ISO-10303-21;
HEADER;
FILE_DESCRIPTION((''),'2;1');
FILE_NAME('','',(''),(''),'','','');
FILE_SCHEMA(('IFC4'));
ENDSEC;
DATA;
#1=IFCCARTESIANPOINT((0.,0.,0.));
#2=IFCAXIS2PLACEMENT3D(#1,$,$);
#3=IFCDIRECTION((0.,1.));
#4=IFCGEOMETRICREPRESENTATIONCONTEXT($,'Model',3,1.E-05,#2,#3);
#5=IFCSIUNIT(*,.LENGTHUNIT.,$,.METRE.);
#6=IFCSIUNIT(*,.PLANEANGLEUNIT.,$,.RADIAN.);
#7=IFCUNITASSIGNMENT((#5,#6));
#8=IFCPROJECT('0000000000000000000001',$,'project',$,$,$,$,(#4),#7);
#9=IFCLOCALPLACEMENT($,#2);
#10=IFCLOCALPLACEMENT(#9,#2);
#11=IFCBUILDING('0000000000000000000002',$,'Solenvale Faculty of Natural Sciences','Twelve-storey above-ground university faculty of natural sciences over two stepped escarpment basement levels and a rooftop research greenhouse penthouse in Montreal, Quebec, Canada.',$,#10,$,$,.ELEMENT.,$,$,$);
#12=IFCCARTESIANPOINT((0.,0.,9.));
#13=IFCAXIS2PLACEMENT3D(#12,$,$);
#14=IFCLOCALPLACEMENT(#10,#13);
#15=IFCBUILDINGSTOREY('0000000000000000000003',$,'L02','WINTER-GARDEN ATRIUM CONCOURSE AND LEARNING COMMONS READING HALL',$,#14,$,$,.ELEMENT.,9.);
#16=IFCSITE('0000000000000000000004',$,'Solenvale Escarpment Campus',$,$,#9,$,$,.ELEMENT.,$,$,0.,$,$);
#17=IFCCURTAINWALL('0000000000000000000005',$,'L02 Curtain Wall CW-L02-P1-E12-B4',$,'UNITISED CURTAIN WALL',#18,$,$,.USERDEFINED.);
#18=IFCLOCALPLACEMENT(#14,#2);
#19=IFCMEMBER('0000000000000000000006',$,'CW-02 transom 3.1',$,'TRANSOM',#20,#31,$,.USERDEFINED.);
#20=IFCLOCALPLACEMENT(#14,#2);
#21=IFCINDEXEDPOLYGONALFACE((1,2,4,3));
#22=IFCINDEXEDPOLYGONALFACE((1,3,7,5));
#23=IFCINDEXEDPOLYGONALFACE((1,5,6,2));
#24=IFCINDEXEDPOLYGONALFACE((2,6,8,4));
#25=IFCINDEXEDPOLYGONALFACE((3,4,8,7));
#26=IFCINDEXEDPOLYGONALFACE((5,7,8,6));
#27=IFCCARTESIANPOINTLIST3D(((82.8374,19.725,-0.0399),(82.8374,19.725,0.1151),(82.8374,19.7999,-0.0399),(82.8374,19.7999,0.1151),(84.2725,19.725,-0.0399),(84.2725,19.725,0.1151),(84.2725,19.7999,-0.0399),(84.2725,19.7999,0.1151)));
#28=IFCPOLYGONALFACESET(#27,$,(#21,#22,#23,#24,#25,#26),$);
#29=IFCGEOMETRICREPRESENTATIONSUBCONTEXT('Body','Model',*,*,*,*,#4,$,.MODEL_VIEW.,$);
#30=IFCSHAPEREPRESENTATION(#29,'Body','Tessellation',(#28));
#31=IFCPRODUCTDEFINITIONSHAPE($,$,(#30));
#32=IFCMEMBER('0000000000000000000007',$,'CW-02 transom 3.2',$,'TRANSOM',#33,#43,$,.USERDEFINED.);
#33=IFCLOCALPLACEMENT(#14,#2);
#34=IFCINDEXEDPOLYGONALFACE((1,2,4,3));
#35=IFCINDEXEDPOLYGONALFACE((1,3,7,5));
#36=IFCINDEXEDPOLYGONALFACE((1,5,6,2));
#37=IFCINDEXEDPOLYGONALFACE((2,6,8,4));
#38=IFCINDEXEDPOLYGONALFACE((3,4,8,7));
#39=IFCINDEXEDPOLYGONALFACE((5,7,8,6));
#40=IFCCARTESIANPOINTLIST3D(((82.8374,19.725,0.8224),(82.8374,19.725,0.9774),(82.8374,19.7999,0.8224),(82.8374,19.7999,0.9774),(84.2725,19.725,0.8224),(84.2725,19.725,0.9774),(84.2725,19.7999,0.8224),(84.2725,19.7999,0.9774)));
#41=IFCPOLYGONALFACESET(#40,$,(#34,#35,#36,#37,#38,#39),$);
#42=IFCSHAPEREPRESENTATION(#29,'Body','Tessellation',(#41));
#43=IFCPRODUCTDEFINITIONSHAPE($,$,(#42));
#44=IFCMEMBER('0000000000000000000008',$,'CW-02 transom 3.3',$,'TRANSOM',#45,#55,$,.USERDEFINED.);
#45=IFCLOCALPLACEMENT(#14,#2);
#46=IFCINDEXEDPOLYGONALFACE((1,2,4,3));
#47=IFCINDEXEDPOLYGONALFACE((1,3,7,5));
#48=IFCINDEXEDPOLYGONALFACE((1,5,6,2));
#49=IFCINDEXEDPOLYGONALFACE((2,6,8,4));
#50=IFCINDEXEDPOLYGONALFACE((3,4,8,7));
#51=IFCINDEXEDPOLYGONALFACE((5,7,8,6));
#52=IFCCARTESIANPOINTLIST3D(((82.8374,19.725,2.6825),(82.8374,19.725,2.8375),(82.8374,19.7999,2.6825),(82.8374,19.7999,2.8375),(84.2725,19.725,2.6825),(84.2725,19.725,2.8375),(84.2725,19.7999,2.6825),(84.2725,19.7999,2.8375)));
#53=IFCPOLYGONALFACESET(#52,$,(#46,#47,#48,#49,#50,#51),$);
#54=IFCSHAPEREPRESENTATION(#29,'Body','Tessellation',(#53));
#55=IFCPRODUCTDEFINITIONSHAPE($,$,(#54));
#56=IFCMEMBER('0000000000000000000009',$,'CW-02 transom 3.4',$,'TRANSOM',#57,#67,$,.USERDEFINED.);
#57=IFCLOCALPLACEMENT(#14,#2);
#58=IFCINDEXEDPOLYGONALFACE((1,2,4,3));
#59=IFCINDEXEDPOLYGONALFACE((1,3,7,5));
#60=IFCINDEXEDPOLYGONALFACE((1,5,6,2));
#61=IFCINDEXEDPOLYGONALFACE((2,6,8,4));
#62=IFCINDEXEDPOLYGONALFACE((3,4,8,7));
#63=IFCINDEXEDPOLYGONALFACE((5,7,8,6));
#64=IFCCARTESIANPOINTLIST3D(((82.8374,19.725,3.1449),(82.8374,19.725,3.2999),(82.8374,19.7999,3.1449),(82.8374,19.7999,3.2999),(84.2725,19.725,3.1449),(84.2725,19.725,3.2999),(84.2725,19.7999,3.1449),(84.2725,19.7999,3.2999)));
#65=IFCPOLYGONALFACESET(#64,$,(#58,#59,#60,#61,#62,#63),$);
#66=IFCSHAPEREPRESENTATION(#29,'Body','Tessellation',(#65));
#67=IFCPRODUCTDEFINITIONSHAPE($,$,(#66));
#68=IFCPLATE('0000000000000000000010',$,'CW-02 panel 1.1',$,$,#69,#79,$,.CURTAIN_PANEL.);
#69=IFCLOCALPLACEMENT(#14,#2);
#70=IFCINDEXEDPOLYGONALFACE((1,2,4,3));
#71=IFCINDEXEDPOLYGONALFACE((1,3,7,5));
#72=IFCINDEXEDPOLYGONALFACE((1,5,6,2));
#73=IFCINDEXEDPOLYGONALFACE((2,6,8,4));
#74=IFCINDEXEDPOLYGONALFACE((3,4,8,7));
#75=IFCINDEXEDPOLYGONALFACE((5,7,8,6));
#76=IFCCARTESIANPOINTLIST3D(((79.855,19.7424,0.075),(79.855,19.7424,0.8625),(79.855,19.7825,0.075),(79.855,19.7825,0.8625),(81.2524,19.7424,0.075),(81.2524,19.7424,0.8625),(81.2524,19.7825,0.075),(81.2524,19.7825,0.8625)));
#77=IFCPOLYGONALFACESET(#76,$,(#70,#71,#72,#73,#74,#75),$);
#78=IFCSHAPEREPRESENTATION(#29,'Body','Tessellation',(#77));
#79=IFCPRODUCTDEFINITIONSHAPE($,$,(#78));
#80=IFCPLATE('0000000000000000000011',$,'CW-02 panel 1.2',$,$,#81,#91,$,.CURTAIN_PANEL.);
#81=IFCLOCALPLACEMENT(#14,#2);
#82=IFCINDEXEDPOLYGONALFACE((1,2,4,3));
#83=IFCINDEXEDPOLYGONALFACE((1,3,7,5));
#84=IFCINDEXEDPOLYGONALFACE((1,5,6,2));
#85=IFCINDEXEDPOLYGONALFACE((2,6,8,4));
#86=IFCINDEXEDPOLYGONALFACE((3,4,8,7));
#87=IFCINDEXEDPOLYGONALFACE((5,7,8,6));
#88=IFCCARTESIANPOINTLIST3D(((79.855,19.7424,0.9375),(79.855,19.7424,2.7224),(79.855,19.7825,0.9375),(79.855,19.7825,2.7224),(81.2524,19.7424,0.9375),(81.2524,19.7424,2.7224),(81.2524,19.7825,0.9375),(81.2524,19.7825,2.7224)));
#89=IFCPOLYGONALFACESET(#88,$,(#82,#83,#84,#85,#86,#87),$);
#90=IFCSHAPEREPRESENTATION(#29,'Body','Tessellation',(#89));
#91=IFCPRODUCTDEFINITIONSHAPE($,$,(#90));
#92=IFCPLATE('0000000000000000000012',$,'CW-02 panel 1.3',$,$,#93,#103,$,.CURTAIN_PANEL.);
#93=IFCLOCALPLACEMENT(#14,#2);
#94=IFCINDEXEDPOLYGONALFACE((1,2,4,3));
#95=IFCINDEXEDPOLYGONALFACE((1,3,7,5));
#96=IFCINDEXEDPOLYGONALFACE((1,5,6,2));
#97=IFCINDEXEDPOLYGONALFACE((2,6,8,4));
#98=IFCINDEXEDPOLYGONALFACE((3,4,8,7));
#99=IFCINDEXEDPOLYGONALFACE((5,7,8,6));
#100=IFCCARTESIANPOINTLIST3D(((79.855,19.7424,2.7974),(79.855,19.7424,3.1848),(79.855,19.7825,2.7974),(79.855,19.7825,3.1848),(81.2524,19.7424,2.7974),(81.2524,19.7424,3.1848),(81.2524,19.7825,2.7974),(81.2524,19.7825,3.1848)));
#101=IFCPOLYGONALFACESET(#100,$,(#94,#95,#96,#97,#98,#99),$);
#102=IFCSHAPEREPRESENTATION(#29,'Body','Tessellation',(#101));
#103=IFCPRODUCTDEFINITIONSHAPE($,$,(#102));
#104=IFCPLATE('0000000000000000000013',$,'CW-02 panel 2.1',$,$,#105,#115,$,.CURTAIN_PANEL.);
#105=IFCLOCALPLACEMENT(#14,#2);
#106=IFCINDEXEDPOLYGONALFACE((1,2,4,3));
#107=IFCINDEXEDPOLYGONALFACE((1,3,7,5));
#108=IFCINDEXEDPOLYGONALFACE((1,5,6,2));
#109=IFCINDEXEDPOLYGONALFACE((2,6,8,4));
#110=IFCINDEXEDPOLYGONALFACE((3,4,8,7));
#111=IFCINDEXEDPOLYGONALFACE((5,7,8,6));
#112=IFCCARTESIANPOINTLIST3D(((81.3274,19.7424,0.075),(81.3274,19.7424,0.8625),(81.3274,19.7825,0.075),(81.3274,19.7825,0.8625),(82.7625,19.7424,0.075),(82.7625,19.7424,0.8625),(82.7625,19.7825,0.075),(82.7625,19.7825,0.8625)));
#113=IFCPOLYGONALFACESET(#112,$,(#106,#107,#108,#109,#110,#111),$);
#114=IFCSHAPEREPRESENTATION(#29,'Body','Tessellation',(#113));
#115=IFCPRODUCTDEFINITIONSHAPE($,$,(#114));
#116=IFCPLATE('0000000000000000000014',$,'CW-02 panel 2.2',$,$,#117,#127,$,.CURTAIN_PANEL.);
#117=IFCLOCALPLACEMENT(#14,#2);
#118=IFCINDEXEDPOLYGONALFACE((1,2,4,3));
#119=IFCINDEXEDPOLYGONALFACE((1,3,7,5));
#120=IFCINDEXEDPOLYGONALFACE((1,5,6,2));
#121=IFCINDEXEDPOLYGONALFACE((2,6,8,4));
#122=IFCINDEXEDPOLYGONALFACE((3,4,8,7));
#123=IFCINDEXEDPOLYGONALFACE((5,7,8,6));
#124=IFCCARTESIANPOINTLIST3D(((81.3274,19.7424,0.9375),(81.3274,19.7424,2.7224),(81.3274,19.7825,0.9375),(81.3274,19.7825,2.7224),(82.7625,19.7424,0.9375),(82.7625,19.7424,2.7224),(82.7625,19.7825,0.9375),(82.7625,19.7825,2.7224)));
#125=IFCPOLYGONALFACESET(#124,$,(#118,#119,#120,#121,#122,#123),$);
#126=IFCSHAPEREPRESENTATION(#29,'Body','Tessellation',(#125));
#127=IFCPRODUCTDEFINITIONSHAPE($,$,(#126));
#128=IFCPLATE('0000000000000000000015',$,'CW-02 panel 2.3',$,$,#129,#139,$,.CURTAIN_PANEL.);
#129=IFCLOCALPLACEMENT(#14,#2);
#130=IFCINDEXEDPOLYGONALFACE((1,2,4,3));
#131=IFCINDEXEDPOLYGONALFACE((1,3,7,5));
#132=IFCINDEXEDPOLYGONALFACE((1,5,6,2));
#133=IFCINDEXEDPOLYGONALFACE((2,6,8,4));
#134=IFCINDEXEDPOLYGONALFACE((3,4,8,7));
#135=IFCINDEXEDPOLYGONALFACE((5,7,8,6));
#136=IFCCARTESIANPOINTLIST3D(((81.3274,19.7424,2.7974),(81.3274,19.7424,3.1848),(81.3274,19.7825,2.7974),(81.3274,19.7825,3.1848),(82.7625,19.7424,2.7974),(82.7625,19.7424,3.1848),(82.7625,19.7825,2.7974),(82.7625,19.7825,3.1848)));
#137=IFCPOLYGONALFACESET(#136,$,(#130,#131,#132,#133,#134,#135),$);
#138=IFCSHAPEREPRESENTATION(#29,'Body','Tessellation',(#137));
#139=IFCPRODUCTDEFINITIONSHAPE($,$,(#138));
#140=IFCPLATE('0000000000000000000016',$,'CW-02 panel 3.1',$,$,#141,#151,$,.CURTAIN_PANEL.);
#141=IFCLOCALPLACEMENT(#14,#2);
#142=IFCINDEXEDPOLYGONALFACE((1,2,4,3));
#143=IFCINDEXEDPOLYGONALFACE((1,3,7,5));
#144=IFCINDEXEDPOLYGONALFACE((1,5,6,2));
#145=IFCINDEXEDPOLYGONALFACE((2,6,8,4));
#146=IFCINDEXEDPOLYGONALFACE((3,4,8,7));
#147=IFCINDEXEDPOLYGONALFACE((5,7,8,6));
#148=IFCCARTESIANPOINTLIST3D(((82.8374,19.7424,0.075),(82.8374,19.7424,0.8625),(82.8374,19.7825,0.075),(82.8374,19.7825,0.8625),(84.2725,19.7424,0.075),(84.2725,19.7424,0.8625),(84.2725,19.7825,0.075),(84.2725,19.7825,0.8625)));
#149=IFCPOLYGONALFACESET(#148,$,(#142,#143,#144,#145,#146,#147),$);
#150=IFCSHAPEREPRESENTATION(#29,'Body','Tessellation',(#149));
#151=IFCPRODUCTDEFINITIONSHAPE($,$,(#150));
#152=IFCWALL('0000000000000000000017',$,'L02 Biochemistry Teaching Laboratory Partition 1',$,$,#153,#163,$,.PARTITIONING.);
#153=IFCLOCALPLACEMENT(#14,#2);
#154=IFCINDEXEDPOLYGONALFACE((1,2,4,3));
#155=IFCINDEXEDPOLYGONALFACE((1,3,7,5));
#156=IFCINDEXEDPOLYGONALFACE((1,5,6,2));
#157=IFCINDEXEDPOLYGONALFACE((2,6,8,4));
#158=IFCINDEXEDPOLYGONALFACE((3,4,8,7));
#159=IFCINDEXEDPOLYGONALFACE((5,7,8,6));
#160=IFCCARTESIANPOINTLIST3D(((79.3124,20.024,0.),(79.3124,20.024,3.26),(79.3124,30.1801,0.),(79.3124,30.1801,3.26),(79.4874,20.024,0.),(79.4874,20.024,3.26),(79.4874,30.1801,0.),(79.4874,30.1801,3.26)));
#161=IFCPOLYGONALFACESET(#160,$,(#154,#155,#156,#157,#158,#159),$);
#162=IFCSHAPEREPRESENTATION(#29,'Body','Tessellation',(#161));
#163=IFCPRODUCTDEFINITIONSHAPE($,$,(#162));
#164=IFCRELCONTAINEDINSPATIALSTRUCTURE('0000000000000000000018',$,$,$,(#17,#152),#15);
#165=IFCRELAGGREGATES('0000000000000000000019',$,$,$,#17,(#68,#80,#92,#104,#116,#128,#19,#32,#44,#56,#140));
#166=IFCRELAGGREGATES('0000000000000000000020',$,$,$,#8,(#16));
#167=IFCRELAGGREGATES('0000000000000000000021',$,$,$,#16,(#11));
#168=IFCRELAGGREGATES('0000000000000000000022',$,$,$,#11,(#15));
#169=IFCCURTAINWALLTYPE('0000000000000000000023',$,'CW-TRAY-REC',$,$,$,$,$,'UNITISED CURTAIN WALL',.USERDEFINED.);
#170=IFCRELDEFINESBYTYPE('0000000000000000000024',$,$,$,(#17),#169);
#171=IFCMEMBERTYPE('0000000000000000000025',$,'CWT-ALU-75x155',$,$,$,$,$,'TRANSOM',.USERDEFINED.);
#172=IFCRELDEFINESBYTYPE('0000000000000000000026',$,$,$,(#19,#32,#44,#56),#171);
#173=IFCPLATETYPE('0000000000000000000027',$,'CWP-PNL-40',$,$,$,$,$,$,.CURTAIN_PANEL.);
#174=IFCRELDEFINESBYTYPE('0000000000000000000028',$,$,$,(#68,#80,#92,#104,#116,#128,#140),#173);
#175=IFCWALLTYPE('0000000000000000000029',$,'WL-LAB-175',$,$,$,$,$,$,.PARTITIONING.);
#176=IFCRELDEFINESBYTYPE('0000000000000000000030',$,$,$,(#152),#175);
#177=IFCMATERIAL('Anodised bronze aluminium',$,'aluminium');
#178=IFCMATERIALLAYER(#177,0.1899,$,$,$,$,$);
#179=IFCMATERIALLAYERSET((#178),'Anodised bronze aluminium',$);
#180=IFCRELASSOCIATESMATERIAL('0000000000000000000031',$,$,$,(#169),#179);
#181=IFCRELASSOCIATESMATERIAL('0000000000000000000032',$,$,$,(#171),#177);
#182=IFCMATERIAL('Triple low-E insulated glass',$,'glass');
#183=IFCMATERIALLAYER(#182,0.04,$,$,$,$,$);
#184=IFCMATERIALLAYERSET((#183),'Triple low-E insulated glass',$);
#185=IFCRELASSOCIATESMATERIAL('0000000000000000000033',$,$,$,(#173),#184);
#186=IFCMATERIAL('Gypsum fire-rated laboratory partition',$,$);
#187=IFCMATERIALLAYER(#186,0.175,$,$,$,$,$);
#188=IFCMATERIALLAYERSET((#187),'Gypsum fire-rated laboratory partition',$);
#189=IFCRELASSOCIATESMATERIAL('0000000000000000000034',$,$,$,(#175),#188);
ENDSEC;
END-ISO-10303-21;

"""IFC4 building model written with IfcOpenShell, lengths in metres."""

from ifc_helpers import new_model, si_unit, direction, frame, frame_2d, origin, origin_2d, place, context, subcontext, project, spatial, rectangle, extrude, material, layer, layer_set, material_profile, profile_set, type_object, element, aggregate, save


model = new_model("IFC4")

# Units and contexts
model_context = context("Model", 3, precision=1e-05, world=origin(), true_north=direction((0.0, 1.0)))
body_context = subcontext(model_context, "Body", "Model", "MODEL_VIEW")
ifc_project = project(units=[si_unit("LENGTHUNIT", "METRE"), si_unit("PLANEANGLEUNIT", "RADIAN")], contexts=[model_context])

# Site, building, storey
site_placement = place(None, origin())
site = spatial("IfcSite", under=ifc_project, at=site_placement, Name="Solenvale Escarpment Campus", CompositionType="ELEMENT", RefElevation=0.0)
building_placement = place(site_placement, origin())
building = spatial("IfcBuilding", under=site, at=building_placement, Name="Solenvale Faculty of Natural Sciences", Description="Twelve-storey above-ground university faculty of natural sciences over two stepped escarpment basement levels and a rooftop research greenhouse penthouse in Montreal, Quebec, Canada.", CompositionType="ELEMENT")
storey_placement = place(building_placement, frame((0.0, 0.0, 9.0)))
storey = spatial("IfcBuildingStorey", under=building, at=storey_placement, Name="L02", Description="WINTER-GARDEN ATRIUM CONCOURSE AND LEARNING COMMONS READING HALL", CompositionType="ELEMENT", Elevation=9.0)

# Curtain wall, members, plates
ifc_material_1 = material(Name="Anodised bronze aluminium", Category="aluminium")
ifc_layer_1 = layer(ifc_material_1, 0.1899)
ifc_layer_set_1 = layer_set([ifc_layer_1], Name="Anodised bronze aluminium")
curtain_wall_type = type_object("IfcCurtainWallType", Name="CW-TRAY-REC", ElementType="UNITISED CURTAIN WALL", PredefinedType="USERDEFINED", material=ifc_layer_set_1)
curtain_wall_placement = place(storey_placement, origin())
curtain_wall = element("IfcCurtainWall", 1, at=curtain_wall_placement, inside=storey, type_object=curtain_wall_type, Name="L02 Curtain Wall CW-L02-P1-E12-B4", ObjectType="UNITISED CURTAIN WALL", PredefinedType="USERDEFINED")
ifc_material_profile_1 = material_profile(ifc_material_1, rectangle(XDim=0.075, YDim=0.155, at=origin_2d()), Name="ALU-TRN-75x155")
ifc_profile_set_1 = profile_set([ifc_material_profile_1], Name="Anodised bronze aluminium")
member_type_1 = type_object("IfcMemberType", Name="CWT-ALU-75x155", ElementType="TRANSOM", PredefinedType="USERDEFINED", material=ifc_profile_set_1)
member_1_placement = place(storey_placement, frame((82.8374, 19.7625, 0.0376), z_axis=(1.0, 0.0, 0.0), x_axis=(0.0, 1.0, 0.0)))
member_1 = element("IfcMember", 2, at=member_1_placement, type_object=member_type_1, Name="CW-02 transom 3.1", ObjectType="TRANSOM", PredefinedType="USERDEFINED", context=body_context, shape_type="SweptSolid", body=[
    extrude(rectangle(XDim=0.075, YDim=0.155, at=origin_2d()), origin(), (0.0, 0.0, 1.0), 1.4351),
])
member_2_placement = place(storey_placement, frame((82.8374, 19.7625, 0.8999), z_axis=(1.0, 0.0, 0.0), x_axis=(0.0, 1.0, 0.0)))
member_2 = element("IfcMember", 3, at=member_2_placement, type_object=member_type_1, Name="CW-02 transom 3.2", ObjectType="TRANSOM", PredefinedType="USERDEFINED", context=body_context, shape_type="SweptSolid", body=[
    extrude(rectangle(XDim=0.075, YDim=0.155, at=origin_2d()), origin(), (0.0, 0.0, 1.0), 1.4351),
])
member_3_placement = place(storey_placement, frame((82.8374, 19.7625, 2.76), z_axis=(1.0, 0.0, 0.0), x_axis=(0.0, 1.0, 0.0)))
member_3 = element("IfcMember", 4, at=member_3_placement, type_object=member_type_1, Name="CW-02 transom 3.3", ObjectType="TRANSOM", PredefinedType="USERDEFINED", context=body_context, shape_type="SweptSolid", body=[
    extrude(rectangle(XDim=0.075, YDim=0.155, at=origin_2d()), origin(), (0.0, 0.0, 1.0), 1.4351),
])
member_4_placement = place(storey_placement, frame((82.8374, 19.7625, 3.2224), z_axis=(1.0, 0.0, 0.0), x_axis=(0.0, 1.0, 0.0)))
member_4 = element("IfcMember", 5, at=member_4_placement, type_object=member_type_1, Name="CW-02 transom 3.4", ObjectType="TRANSOM", PredefinedType="USERDEFINED", context=body_context, shape_type="SweptSolid", body=[
    extrude(rectangle(XDim=0.075, YDim=0.155, at=origin_2d()), origin(), (0.0, 0.0, 1.0), 1.4351),
])
ifc_material_2 = material(Name="Triple low-E insulated glass", Category="glass")
ifc_layer_2 = layer(ifc_material_2, 0.04)
ifc_layer_set_2 = layer_set([ifc_layer_2], Name="Triple low-E insulated glass")
plate_type = type_object("IfcPlateType", Name="CWP-PNL-40", PredefinedType="CURTAIN_PANEL", material=ifc_layer_set_2)
plate_1_placement = place(storey_placement, frame((80.5537, 19.7625, 0.075), z_axis=(0.0, 0.0, 1.0), x_axis=(1.0, 0.0, 0.0)))
plate_1 = element("IfcPlate", 6, at=plate_1_placement, type_object=plate_type, Name="CW-02 panel 1.1", PredefinedType="CURTAIN_PANEL", context=body_context, shape_type="SweptSolid", body=[
    extrude(rectangle(XDim=1.3975, YDim=0.04, at=origin_2d()), origin(), (0.0, 0.0, 1.0), 0.7876),
])
plate_2_placement = place(storey_placement, frame((80.5537, 19.7625, 0.9375), z_axis=(0.0, 0.0, 1.0), x_axis=(1.0, 0.0, 0.0)))
plate_2 = element("IfcPlate", 7, at=plate_2_placement, type_object=plate_type, Name="CW-02 panel 1.2", PredefinedType="CURTAIN_PANEL", context=body_context, shape_type="SweptSolid", body=[
    extrude(rectangle(XDim=1.3975, YDim=0.04, at=origin_2d()), origin(), (0.0, 0.0, 1.0), 1.7849),
])
plate_3_placement = place(storey_placement, frame((80.5537, 19.7625, 2.7974), z_axis=(0.0, 0.0, 1.0), x_axis=(1.0, 0.0, 0.0)))
plate_3 = element("IfcPlate", 8, at=plate_3_placement, type_object=plate_type, Name="CW-02 panel 1.3", PredefinedType="CURTAIN_PANEL", context=body_context, shape_type="SweptSolid", body=[
    extrude(rectangle(XDim=1.3975, YDim=0.04, at=origin_2d()), origin(), (0.0, 0.0, 1.0), 0.3875),
])
plate_4_placement = place(storey_placement, frame((82.0449, 19.7625, 0.075), z_axis=(0.0, 0.0, 1.0), x_axis=(1.0, 0.0, 0.0)))
plate_4 = element("IfcPlate", 9, at=plate_4_placement, type_object=plate_type, Name="CW-02 panel 2.1", PredefinedType="CURTAIN_PANEL", context=body_context, shape_type="SweptSolid", body=[
    extrude(rectangle(XDim=1.4351, YDim=0.04, at=origin_2d()), origin(), (0.0, 0.0, 1.0), 0.7876),
])
plate_5_placement = place(storey_placement, frame((82.0449, 19.7625, 0.9375), z_axis=(0.0, 0.0, 1.0), x_axis=(1.0, 0.0, 0.0)))
plate_5 = element("IfcPlate", 10, at=plate_5_placement, type_object=plate_type, Name="CW-02 panel 2.2", PredefinedType="CURTAIN_PANEL", context=body_context, shape_type="SweptSolid", body=[
    extrude(rectangle(XDim=1.4351, YDim=0.04, at=origin_2d()), origin(), (0.0, 0.0, 1.0), 1.7849),
])
plate_6_placement = place(storey_placement, frame((82.0449, 19.7625, 2.7974), z_axis=(0.0, 0.0, 1.0), x_axis=(1.0, 0.0, 0.0)))
plate_6 = element("IfcPlate", 11, at=plate_6_placement, type_object=plate_type, Name="CW-02 panel 2.3", PredefinedType="CURTAIN_PANEL", context=body_context, shape_type="SweptSolid", body=[
    extrude(rectangle(XDim=1.4351, YDim=0.04, at=origin_2d()), origin(), (0.0, 0.0, 1.0), 0.3875),
])
plate_7_placement = place(storey_placement, frame((83.5549, 19.7625, 0.075), z_axis=(0.0, 0.0, 1.0), x_axis=(1.0, 0.0, 0.0)))
plate_7 = element("IfcPlate", 12, at=plate_7_placement, type_object=plate_type, Name="CW-02 panel 3.1", PredefinedType="CURTAIN_PANEL", context=body_context, shape_type="SweptSolid", body=[
    extrude(rectangle(XDim=1.4351, YDim=0.04, at=origin_2d()), origin(), (0.0, 0.0, 1.0), 0.7876),
])
aggregate(curtain_wall, [plate_1, plate_2, plate_3, plate_4, plate_5, plate_6, member_1, member_2, member_3, member_4, plate_7])

# Wall
ifc_material_3 = material(Name="Gypsum fire-rated laboratory partition")
ifc_layer_3 = layer(ifc_material_3, 0.175)
ifc_layer_set_3 = layer_set([ifc_layer_3], Name="Gypsum fire-rated laboratory partition")
wall_type = type_object("IfcWallType", Name="WL-LAB-175", PredefinedType="PARTITIONING", material=ifc_layer_set_3)
wall_placement = place(storey_placement, frame((79.3999, 20.0239, 0.0), z_axis=(0.0, 0.0, 1.0), x_axis=(0.0, 1.0, 0.0)))
element("IfcWall", 13, at=wall_placement, inside=storey, type_object=wall_type, Name="L02 Biochemistry Teaching Laboratory Partition 1", PredefinedType="PARTITIONING", context=body_context, shape_type="SweptSolid", body=[
    extrude(rectangle(XDim=10.156, YDim=0.175, at=frame_2d((5.0781, 0.0))), origin(), (0.0, 0.0, 1.0), 3.26),
])

save(model, "model.ifc")
